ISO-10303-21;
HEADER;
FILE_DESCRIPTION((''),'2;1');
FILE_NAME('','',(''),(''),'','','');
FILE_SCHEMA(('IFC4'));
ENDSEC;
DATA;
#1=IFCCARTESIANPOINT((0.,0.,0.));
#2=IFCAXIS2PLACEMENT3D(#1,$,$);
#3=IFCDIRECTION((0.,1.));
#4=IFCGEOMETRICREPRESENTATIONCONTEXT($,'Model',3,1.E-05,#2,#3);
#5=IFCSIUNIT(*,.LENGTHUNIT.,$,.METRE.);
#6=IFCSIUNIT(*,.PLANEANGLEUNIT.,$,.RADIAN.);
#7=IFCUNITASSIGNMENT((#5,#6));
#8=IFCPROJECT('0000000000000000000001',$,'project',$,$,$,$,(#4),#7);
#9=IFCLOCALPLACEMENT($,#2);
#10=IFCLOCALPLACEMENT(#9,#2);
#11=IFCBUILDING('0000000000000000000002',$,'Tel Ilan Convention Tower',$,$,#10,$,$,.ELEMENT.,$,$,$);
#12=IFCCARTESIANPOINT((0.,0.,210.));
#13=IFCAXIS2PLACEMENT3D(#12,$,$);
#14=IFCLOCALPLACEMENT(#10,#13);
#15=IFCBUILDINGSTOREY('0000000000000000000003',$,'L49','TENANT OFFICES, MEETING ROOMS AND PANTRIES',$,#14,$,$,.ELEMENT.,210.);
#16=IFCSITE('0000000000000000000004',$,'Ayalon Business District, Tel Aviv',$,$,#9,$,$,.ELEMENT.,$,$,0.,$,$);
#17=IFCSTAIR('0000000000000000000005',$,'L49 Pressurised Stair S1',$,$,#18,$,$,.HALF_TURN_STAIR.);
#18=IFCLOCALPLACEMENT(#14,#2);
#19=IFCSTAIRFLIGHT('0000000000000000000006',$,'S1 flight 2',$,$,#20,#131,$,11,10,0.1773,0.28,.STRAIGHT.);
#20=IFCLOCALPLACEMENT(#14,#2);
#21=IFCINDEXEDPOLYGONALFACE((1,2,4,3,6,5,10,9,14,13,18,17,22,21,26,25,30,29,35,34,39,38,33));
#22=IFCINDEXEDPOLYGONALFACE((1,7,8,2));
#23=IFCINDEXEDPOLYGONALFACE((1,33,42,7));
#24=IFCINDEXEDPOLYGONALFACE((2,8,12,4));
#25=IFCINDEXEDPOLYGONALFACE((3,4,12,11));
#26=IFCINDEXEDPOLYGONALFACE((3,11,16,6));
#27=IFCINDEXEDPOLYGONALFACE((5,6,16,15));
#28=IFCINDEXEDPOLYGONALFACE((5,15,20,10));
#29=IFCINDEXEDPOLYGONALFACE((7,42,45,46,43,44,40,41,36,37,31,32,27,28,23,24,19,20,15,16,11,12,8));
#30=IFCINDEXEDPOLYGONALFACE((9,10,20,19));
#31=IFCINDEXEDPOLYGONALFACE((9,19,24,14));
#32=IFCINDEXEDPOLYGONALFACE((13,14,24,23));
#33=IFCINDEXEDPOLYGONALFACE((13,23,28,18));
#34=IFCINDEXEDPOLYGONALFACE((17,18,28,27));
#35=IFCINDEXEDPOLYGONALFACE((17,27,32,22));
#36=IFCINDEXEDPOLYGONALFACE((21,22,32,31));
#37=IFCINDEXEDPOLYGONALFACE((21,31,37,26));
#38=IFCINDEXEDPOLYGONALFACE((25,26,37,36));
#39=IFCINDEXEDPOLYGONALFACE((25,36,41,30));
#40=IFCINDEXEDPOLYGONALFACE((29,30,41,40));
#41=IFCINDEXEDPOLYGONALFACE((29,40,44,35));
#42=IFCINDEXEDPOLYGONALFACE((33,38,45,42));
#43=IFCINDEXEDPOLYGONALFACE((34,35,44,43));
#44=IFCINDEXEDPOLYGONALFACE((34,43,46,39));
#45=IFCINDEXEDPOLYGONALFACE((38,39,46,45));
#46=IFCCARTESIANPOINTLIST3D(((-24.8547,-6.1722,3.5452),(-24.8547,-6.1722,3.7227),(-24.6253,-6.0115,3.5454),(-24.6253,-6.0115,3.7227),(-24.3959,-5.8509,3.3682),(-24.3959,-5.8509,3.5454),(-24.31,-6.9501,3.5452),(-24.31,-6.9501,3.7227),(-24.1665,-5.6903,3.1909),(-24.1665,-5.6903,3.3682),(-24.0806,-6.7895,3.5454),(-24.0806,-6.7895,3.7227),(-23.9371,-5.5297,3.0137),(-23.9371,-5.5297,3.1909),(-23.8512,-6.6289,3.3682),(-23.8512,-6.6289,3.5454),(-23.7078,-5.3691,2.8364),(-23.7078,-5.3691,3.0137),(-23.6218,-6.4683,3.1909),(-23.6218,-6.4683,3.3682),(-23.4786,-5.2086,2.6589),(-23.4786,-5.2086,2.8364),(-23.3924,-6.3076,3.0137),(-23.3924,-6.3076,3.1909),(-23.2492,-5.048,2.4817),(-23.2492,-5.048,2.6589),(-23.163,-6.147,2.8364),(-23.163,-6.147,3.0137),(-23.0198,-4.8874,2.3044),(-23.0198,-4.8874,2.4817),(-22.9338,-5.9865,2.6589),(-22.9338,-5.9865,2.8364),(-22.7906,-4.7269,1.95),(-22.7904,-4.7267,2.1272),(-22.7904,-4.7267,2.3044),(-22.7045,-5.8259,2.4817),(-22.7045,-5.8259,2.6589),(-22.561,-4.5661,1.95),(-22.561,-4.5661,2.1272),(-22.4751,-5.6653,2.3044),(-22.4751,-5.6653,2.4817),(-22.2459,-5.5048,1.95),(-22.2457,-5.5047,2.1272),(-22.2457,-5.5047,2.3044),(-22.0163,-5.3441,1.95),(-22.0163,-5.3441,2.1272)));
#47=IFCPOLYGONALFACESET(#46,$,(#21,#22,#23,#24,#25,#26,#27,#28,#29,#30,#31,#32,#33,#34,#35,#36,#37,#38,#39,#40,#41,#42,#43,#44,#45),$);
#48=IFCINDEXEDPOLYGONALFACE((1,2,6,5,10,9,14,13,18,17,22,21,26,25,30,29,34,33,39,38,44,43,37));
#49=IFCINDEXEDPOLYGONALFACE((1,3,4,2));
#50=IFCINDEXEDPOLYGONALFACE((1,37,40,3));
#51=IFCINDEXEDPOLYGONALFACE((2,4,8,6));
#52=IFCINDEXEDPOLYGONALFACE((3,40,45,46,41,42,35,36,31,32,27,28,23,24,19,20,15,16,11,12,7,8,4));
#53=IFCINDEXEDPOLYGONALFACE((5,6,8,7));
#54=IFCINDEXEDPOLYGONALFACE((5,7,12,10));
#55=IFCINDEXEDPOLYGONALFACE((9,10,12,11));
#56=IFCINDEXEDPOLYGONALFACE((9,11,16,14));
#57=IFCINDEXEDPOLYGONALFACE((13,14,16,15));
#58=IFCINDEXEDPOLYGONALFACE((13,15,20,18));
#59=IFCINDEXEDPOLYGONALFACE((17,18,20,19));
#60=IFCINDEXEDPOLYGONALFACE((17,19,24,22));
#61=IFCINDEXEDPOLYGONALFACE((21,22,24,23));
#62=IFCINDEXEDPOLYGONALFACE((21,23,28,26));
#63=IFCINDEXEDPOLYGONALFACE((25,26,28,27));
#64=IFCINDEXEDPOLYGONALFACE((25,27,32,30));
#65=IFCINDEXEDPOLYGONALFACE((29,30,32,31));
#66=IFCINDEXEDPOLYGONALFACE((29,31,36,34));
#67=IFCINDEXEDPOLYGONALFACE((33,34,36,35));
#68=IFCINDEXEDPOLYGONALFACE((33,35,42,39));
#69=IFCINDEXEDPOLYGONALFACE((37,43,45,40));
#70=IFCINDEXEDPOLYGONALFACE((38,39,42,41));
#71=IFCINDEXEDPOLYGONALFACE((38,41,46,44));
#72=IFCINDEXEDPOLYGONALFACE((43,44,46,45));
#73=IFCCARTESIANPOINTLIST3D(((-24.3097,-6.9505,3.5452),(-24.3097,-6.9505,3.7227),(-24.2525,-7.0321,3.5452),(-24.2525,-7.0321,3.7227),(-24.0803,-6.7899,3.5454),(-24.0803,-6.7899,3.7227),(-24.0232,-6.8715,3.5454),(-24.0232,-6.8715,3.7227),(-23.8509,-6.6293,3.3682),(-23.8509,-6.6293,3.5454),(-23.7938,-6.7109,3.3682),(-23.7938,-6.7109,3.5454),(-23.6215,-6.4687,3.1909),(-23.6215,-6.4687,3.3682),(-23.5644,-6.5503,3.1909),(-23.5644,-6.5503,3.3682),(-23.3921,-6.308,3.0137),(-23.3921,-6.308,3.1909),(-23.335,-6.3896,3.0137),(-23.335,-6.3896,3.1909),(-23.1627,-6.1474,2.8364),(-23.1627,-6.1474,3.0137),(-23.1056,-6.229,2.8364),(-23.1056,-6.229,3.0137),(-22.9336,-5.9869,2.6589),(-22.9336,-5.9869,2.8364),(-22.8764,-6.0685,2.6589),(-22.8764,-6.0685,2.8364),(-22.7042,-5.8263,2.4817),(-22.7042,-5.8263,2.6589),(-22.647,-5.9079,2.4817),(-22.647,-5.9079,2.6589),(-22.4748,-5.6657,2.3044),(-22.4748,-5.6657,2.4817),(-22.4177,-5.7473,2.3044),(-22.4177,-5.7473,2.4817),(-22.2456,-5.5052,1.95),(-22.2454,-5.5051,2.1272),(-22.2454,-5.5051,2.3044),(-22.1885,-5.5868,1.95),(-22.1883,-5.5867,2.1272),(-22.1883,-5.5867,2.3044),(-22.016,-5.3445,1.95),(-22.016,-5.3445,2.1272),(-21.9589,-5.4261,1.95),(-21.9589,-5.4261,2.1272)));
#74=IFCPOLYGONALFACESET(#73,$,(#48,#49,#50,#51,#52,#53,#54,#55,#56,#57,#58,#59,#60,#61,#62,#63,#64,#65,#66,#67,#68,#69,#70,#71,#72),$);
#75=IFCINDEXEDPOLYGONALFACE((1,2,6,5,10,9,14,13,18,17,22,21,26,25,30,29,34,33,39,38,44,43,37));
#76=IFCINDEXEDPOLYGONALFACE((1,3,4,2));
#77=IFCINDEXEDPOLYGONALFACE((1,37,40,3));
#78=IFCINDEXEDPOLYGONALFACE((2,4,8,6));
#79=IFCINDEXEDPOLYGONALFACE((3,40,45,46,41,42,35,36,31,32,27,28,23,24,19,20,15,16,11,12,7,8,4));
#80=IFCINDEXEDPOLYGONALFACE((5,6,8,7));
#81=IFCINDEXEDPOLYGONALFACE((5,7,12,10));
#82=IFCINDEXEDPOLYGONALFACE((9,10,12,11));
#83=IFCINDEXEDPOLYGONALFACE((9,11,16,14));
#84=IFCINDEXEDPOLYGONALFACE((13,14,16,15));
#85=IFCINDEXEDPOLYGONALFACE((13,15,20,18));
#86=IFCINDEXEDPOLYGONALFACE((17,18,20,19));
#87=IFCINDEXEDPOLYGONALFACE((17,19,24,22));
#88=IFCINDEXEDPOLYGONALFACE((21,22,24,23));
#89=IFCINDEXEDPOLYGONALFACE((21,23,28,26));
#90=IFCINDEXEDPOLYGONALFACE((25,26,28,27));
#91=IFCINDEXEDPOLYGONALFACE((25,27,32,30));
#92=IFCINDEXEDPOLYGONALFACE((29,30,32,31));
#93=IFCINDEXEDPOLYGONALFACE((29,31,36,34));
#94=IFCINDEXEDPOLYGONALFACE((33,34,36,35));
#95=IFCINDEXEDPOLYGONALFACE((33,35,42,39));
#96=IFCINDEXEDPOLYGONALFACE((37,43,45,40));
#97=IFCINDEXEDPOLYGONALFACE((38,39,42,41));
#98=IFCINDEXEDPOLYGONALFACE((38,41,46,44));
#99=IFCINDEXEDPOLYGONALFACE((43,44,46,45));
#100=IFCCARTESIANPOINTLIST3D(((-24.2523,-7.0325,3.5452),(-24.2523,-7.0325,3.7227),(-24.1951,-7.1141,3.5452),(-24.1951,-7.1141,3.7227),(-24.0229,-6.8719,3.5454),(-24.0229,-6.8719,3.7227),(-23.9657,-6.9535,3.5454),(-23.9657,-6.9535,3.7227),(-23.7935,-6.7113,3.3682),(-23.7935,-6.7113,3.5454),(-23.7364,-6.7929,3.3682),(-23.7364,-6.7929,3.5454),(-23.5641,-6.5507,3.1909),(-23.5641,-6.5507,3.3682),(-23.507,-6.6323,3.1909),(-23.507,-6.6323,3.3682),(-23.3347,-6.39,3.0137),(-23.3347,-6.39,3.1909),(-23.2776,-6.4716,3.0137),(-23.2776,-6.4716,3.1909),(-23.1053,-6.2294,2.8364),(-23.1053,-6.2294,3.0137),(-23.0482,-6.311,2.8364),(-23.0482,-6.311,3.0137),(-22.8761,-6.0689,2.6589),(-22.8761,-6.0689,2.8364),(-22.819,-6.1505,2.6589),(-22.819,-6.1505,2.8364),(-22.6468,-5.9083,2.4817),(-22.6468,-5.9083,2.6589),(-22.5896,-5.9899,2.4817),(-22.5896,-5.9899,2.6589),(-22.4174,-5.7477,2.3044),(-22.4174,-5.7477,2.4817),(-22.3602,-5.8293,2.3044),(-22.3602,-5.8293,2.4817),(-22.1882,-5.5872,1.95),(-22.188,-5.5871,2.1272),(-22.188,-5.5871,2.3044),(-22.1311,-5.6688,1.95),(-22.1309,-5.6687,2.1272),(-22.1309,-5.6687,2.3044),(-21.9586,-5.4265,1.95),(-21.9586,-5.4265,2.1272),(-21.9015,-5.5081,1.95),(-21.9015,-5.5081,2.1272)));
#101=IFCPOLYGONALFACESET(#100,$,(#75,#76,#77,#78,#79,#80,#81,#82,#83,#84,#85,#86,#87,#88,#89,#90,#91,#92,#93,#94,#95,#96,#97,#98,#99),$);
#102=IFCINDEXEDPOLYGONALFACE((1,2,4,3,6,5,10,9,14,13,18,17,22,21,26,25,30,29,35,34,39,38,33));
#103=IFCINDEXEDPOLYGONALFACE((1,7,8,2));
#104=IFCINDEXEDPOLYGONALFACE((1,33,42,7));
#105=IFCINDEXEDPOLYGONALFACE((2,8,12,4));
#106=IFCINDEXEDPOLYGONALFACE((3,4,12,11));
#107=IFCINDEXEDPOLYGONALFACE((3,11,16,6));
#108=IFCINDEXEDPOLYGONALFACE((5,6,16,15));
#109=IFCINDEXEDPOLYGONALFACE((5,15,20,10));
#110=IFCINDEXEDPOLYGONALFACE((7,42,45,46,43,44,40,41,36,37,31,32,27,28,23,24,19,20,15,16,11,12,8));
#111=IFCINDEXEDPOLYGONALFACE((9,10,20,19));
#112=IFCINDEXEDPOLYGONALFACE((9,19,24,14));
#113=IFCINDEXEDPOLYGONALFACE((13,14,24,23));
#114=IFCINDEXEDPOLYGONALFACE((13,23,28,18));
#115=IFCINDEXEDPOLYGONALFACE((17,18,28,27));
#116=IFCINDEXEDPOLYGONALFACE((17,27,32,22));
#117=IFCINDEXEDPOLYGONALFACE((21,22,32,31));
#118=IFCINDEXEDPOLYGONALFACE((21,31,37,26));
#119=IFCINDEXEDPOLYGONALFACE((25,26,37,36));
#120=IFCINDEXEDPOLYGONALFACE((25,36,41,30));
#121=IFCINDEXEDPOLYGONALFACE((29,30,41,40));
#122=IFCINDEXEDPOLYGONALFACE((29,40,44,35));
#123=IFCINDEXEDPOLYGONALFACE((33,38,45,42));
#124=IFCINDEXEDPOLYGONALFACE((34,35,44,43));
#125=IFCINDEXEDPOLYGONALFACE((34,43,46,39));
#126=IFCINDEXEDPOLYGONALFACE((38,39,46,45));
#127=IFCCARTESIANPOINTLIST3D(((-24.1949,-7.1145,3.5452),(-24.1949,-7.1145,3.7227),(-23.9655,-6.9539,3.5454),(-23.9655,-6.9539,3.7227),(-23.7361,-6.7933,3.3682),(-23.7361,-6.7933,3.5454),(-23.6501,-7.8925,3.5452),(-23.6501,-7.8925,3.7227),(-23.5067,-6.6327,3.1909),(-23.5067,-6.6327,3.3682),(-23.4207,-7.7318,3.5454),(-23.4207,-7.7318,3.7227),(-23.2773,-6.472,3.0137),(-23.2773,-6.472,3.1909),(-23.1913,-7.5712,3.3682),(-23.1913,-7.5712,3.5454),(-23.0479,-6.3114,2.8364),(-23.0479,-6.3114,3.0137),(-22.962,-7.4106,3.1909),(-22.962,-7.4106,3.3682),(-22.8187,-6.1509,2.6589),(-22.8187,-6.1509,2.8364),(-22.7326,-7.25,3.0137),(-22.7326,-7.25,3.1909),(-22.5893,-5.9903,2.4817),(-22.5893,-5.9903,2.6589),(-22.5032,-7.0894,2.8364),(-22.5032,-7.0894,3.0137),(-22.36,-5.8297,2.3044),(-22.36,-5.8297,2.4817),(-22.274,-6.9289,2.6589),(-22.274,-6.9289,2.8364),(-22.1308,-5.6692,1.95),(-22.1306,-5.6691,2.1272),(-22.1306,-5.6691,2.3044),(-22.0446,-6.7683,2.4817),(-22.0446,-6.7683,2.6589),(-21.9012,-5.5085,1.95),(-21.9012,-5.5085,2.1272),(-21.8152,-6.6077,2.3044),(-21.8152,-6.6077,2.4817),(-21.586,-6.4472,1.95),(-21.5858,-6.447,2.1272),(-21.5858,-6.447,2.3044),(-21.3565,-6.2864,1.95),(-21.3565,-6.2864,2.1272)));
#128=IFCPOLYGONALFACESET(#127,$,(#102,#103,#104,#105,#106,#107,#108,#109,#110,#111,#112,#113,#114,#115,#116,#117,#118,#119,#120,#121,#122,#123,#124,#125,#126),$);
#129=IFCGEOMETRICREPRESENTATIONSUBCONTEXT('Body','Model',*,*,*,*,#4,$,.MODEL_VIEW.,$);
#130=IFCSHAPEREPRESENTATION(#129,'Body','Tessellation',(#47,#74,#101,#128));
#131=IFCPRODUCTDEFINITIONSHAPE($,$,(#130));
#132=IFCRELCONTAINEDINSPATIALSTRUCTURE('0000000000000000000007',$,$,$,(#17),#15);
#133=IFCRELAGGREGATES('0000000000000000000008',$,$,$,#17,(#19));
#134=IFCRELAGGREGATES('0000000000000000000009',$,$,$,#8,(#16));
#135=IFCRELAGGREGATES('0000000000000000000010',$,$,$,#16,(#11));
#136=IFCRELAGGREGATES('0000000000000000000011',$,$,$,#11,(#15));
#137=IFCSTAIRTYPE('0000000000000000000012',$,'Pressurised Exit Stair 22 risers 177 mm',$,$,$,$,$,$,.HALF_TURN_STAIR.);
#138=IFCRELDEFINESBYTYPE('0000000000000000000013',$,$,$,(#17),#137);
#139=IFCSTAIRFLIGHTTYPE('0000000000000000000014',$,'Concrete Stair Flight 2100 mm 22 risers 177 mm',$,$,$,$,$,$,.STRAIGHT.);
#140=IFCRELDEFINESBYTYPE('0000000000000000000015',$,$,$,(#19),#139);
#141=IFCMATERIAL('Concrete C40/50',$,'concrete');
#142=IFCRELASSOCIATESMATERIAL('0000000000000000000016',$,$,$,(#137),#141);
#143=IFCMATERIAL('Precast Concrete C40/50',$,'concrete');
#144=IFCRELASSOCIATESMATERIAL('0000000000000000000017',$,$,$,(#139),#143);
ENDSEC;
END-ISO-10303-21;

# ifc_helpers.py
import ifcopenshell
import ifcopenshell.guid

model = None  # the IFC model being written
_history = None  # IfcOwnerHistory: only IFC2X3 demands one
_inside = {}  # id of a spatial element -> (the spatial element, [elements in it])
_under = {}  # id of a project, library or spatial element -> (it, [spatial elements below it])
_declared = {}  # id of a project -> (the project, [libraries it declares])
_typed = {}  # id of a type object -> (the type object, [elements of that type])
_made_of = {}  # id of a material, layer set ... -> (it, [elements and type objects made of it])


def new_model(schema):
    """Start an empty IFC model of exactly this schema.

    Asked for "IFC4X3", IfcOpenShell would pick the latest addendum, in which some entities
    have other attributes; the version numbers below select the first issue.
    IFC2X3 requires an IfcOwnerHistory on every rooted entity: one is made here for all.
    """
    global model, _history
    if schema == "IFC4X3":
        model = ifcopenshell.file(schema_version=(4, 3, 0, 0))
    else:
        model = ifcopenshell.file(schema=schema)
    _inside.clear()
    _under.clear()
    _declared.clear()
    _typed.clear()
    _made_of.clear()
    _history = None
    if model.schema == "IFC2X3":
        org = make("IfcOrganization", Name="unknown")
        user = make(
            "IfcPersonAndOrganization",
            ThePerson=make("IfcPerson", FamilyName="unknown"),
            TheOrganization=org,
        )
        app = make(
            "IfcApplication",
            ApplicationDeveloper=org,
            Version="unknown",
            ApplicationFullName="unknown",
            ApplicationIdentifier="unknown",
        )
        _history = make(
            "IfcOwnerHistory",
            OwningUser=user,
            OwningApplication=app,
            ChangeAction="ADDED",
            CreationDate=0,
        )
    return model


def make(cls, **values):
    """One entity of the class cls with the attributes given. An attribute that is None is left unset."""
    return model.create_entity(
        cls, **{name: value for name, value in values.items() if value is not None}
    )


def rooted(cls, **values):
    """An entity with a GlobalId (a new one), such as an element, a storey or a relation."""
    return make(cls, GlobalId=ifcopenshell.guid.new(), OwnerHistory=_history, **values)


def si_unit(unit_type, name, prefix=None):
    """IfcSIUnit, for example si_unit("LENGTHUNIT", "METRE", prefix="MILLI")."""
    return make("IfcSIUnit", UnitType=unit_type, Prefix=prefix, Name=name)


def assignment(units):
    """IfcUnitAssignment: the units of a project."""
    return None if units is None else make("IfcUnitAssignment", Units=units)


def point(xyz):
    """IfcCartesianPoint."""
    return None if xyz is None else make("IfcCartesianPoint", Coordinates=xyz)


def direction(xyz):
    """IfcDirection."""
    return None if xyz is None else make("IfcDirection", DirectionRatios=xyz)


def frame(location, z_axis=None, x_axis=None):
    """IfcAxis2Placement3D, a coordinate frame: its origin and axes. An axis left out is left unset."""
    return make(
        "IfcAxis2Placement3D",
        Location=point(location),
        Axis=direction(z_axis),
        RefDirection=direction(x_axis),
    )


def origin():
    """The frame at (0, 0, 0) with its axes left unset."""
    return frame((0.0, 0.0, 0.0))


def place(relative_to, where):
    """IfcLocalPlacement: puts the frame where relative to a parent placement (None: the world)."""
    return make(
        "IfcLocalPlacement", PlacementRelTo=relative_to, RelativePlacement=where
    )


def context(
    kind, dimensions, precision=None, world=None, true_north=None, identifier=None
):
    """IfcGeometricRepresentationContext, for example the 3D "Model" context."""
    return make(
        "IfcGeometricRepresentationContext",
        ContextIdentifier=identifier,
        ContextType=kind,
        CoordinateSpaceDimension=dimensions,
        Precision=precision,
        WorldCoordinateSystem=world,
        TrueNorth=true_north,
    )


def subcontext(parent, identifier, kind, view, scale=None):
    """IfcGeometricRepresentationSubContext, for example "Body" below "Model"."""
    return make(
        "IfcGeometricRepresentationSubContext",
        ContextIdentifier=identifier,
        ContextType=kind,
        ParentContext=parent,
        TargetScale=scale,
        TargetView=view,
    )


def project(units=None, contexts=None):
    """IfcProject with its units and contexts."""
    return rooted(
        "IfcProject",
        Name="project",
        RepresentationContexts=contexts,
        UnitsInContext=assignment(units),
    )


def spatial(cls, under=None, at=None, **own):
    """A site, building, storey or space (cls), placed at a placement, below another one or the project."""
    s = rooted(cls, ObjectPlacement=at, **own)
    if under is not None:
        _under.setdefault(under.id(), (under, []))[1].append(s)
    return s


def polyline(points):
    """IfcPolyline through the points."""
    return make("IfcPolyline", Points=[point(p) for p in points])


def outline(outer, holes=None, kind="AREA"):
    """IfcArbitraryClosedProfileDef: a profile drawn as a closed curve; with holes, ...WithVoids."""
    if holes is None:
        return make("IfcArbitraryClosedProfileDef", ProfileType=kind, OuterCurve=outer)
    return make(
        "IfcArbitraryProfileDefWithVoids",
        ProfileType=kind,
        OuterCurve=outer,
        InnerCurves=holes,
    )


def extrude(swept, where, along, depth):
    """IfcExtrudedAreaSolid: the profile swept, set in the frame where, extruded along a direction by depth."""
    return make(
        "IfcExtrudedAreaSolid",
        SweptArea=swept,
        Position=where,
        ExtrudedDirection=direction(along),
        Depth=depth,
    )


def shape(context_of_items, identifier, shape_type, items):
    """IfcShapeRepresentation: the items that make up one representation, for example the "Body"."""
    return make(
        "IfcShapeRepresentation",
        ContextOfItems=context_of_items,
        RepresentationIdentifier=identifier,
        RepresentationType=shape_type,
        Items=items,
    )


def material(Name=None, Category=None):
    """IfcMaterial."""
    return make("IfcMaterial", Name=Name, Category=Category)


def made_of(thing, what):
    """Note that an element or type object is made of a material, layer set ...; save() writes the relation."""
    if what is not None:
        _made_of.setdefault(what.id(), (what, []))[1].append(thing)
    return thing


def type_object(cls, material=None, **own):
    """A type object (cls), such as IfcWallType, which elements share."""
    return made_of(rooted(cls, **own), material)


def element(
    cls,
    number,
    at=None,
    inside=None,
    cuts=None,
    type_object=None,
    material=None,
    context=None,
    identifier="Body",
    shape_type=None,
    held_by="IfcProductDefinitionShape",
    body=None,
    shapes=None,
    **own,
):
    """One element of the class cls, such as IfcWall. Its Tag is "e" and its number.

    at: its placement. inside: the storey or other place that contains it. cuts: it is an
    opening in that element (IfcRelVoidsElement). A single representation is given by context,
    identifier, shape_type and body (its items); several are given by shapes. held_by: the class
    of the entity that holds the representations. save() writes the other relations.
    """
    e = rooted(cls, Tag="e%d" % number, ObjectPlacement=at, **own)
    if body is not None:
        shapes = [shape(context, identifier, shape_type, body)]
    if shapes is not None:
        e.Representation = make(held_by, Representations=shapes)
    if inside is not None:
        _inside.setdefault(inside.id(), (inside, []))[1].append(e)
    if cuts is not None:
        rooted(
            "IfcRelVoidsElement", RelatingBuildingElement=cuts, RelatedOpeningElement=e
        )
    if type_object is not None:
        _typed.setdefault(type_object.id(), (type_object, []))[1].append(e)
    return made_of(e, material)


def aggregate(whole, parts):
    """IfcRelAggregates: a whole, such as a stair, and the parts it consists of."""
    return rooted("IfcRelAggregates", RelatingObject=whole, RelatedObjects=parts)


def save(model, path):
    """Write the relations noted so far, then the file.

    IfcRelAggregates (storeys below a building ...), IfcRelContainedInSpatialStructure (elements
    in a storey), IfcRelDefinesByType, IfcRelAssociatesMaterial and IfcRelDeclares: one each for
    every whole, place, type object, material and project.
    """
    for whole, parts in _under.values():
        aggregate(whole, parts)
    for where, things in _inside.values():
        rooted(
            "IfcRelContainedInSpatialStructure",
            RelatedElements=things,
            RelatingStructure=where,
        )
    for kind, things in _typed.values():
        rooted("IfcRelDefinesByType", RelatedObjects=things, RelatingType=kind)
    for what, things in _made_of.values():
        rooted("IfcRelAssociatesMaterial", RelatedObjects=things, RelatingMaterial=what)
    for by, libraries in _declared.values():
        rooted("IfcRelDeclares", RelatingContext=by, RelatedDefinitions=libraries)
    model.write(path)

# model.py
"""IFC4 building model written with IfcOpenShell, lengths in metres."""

from ifc_helpers import new_model, si_unit, direction, frame, origin, place, context, subcontext, project, spatial, polyline, outline, extrude, material, type_object, element, aggregate, save


model = new_model("IFC4")

# Units and contexts
model_context = context("Model", 3, precision=1e-05, world=origin(), true_north=direction((0.0, 1.0)))
body_context = subcontext(model_context, "Body", "Model", "MODEL_VIEW")
ifc_project = project(units=[si_unit("LENGTHUNIT", "METRE"), si_unit("PLANEANGLEUNIT", "RADIAN")], contexts=[model_context])

# Site, building, storey
site_placement = place(None, origin())
site = spatial("IfcSite", under=ifc_project, at=site_placement, Name="Ayalon Business District, Tel Aviv", CompositionType="ELEMENT", RefElevation=0.0)
building_placement = place(site_placement, origin())
building = spatial("IfcBuilding", under=site, at=building_placement, Name="Tel Ilan Convention Tower", CompositionType="ELEMENT")
storey_placement = place(building_placement, frame((0.0, 0.0, 210.0)))
storey = spatial("IfcBuildingStorey", under=building, at=storey_placement, Name="L49", Description="TENANT OFFICES, MEETING ROOMS AND PANTRIES", CompositionType="ELEMENT", Elevation=210.0)

# Stair, stair flight
ifc_material_1 = material(Name="Concrete C40/50", Category="concrete")
stair_type = type_object("IfcStairType", Name="Pressurised Exit Stair 22 risers 177 mm", PredefinedType="HALF_TURN_STAIR", material=ifc_material_1)
stair_1_placement = place(storey_placement, origin())
stair_1 = element("IfcStair", 1, at=stair_1_placement, inside=storey, type_object=stair_type, Name="L49 Pressurised Stair S1", PredefinedType="HALF_TURN_STAIR")
ifc_material_2 = material(Name="Precast Concrete C40/50", Category="concrete")
stair_flight_type = type_object("IfcStairFlightType", Name="Concrete Stair Flight 2100 mm 22 risers 177 mm", PredefinedType="STRAIGHT", material=ifc_material_2)
stair_flight_1_placement = place(storey_placement, frame((-21.9587, -5.4263, 1.95), z_axis=(0.0, 0.0, 1.0), x_axis=(-0.819152, -0.573576, 0.0)))
stair_flight_1 = element("IfcStairFlight", 2, at=stair_flight_1_placement, type_object=stair_flight_type, Name="S1 flight 2", NumberOfRisers=11, NumberOfTreads=10, PredefinedType="STRAIGHT", RiserHeight=0.1773, TreadLength=0.28, context=body_context, shape_type="SweptSolid", body=[
    extrude(outline(polyline([(0.0, 0.0), (0.0, 0.1772), (0.28, 0.1772), (0.28, 0.3545), (0.5601, 0.3545), (0.5601, 0.5317), (0.8401, 0.5317), (0.8401, 0.709), (1.1201, 0.709), (1.1201, 0.8865), (1.3999, 0.8865), (1.3999, 1.0637), (1.6799, 1.0637), (1.6799, 1.241), (1.96, 1.241), (1.96, 1.4182), (2.24, 1.4182), (2.24, 1.5955), (2.52, 1.5955), (2.52, 1.7727), (2.8, 1.7727), (2.8, 1.95), (2.8, 1.5952), (0.2803, 0.0), (0.0, 0.0)])), frame((0.0, -0.1003, 0.0), z_axis=(0.0, -1.0, 0.0), x_axis=(1.0, 0.0, 0.0)), (0.0, 0.0, 1.0), 0.9497),
    extrude(outline(polyline([(0.0, 0.0), (0.0, 0.1772), (0.28, 0.1772), (0.28, 0.3545), (0.5601, 0.3545), (0.5601, 0.5317), (0.8401, 0.5317), (0.8401, 0.709), (1.1201, 0.709), (1.1201, 0.8865), (1.3999, 0.8865), (1.3999, 1.0637), (1.6799, 1.0637), (1.6799, 1.241), (1.96, 1.241), (1.96, 1.4182), (2.24, 1.4182), (2.24, 1.5955), (2.52, 1.5955), (2.52, 1.7727), (2.8, 1.7727), (2.8, 1.95), (2.8, 1.5952), (0.2803, 0.0), (0.0, 0.0)])), frame((0.0, -0.0002, 0.0), z_axis=(0.0, -1.0, 0.0), x_axis=(1.0, 0.0, 0.0)), (0.0, 0.0, 1.0), 0.0996),
    extrude(outline(polyline([(0.0, 0.0), (0.0, 0.1772), (0.28, 0.1772), (0.28, 0.3545), (0.5601, 0.3545), (0.5601, 0.5317), (0.8401, 0.5317), (0.8401, 0.709), (1.1201, 0.709), (1.1201, 0.8865), (1.3999, 0.8865), (1.3999, 1.0637), (1.6799, 1.0637), (1.6799, 1.241), (1.96, 1.241), (1.96, 1.4182), (2.24, 1.4182), (2.24, 1.5955), (2.52, 1.5955), (2.52, 1.7727), (2.8, 1.7727), (2.8, 1.95), (2.8, 1.5952), (0.2803, 0.0), (0.0, 0.0)])), frame((0.0, 0.0999, 0.0), z_axis=(0.0, -1.0, 0.0), x_axis=(1.0, 0.0, 0.0)), (0.0, 0.0, 1.0), 0.0996),
    extrude(outline(polyline([(0.0, 0.0), (0.0, 0.1772), (0.28, 0.1772), (0.28, 0.3545), (0.5601, 0.3545), (0.5601, 0.5317), (0.8401, 0.5317), (0.8401, 0.709), (1.1201, 0.709), (1.1201, 0.8865), (1.3999, 0.8865), (1.3999, 1.0637), (1.6799, 1.0637), (1.6799, 1.241), (1.96, 1.241), (1.96, 1.4182), (2.24, 1.4182), (2.24, 1.5955), (2.52, 1.5955), (2.52, 1.7727), (2.8, 1.7727), (2.8, 1.95), (2.8, 1.5952), (0.2803, 0.0), (0.0, 0.0)])), frame((0.0, 1.05, 0.0), z_axis=(0.0, -1.0, 0.0), x_axis=(1.0, 0.0, 0.0)), (0.0, 0.0, 1.0), 0.9497),
])
aggregate(stair_1, [stair_flight_1])

save(model, "model.ifc")
